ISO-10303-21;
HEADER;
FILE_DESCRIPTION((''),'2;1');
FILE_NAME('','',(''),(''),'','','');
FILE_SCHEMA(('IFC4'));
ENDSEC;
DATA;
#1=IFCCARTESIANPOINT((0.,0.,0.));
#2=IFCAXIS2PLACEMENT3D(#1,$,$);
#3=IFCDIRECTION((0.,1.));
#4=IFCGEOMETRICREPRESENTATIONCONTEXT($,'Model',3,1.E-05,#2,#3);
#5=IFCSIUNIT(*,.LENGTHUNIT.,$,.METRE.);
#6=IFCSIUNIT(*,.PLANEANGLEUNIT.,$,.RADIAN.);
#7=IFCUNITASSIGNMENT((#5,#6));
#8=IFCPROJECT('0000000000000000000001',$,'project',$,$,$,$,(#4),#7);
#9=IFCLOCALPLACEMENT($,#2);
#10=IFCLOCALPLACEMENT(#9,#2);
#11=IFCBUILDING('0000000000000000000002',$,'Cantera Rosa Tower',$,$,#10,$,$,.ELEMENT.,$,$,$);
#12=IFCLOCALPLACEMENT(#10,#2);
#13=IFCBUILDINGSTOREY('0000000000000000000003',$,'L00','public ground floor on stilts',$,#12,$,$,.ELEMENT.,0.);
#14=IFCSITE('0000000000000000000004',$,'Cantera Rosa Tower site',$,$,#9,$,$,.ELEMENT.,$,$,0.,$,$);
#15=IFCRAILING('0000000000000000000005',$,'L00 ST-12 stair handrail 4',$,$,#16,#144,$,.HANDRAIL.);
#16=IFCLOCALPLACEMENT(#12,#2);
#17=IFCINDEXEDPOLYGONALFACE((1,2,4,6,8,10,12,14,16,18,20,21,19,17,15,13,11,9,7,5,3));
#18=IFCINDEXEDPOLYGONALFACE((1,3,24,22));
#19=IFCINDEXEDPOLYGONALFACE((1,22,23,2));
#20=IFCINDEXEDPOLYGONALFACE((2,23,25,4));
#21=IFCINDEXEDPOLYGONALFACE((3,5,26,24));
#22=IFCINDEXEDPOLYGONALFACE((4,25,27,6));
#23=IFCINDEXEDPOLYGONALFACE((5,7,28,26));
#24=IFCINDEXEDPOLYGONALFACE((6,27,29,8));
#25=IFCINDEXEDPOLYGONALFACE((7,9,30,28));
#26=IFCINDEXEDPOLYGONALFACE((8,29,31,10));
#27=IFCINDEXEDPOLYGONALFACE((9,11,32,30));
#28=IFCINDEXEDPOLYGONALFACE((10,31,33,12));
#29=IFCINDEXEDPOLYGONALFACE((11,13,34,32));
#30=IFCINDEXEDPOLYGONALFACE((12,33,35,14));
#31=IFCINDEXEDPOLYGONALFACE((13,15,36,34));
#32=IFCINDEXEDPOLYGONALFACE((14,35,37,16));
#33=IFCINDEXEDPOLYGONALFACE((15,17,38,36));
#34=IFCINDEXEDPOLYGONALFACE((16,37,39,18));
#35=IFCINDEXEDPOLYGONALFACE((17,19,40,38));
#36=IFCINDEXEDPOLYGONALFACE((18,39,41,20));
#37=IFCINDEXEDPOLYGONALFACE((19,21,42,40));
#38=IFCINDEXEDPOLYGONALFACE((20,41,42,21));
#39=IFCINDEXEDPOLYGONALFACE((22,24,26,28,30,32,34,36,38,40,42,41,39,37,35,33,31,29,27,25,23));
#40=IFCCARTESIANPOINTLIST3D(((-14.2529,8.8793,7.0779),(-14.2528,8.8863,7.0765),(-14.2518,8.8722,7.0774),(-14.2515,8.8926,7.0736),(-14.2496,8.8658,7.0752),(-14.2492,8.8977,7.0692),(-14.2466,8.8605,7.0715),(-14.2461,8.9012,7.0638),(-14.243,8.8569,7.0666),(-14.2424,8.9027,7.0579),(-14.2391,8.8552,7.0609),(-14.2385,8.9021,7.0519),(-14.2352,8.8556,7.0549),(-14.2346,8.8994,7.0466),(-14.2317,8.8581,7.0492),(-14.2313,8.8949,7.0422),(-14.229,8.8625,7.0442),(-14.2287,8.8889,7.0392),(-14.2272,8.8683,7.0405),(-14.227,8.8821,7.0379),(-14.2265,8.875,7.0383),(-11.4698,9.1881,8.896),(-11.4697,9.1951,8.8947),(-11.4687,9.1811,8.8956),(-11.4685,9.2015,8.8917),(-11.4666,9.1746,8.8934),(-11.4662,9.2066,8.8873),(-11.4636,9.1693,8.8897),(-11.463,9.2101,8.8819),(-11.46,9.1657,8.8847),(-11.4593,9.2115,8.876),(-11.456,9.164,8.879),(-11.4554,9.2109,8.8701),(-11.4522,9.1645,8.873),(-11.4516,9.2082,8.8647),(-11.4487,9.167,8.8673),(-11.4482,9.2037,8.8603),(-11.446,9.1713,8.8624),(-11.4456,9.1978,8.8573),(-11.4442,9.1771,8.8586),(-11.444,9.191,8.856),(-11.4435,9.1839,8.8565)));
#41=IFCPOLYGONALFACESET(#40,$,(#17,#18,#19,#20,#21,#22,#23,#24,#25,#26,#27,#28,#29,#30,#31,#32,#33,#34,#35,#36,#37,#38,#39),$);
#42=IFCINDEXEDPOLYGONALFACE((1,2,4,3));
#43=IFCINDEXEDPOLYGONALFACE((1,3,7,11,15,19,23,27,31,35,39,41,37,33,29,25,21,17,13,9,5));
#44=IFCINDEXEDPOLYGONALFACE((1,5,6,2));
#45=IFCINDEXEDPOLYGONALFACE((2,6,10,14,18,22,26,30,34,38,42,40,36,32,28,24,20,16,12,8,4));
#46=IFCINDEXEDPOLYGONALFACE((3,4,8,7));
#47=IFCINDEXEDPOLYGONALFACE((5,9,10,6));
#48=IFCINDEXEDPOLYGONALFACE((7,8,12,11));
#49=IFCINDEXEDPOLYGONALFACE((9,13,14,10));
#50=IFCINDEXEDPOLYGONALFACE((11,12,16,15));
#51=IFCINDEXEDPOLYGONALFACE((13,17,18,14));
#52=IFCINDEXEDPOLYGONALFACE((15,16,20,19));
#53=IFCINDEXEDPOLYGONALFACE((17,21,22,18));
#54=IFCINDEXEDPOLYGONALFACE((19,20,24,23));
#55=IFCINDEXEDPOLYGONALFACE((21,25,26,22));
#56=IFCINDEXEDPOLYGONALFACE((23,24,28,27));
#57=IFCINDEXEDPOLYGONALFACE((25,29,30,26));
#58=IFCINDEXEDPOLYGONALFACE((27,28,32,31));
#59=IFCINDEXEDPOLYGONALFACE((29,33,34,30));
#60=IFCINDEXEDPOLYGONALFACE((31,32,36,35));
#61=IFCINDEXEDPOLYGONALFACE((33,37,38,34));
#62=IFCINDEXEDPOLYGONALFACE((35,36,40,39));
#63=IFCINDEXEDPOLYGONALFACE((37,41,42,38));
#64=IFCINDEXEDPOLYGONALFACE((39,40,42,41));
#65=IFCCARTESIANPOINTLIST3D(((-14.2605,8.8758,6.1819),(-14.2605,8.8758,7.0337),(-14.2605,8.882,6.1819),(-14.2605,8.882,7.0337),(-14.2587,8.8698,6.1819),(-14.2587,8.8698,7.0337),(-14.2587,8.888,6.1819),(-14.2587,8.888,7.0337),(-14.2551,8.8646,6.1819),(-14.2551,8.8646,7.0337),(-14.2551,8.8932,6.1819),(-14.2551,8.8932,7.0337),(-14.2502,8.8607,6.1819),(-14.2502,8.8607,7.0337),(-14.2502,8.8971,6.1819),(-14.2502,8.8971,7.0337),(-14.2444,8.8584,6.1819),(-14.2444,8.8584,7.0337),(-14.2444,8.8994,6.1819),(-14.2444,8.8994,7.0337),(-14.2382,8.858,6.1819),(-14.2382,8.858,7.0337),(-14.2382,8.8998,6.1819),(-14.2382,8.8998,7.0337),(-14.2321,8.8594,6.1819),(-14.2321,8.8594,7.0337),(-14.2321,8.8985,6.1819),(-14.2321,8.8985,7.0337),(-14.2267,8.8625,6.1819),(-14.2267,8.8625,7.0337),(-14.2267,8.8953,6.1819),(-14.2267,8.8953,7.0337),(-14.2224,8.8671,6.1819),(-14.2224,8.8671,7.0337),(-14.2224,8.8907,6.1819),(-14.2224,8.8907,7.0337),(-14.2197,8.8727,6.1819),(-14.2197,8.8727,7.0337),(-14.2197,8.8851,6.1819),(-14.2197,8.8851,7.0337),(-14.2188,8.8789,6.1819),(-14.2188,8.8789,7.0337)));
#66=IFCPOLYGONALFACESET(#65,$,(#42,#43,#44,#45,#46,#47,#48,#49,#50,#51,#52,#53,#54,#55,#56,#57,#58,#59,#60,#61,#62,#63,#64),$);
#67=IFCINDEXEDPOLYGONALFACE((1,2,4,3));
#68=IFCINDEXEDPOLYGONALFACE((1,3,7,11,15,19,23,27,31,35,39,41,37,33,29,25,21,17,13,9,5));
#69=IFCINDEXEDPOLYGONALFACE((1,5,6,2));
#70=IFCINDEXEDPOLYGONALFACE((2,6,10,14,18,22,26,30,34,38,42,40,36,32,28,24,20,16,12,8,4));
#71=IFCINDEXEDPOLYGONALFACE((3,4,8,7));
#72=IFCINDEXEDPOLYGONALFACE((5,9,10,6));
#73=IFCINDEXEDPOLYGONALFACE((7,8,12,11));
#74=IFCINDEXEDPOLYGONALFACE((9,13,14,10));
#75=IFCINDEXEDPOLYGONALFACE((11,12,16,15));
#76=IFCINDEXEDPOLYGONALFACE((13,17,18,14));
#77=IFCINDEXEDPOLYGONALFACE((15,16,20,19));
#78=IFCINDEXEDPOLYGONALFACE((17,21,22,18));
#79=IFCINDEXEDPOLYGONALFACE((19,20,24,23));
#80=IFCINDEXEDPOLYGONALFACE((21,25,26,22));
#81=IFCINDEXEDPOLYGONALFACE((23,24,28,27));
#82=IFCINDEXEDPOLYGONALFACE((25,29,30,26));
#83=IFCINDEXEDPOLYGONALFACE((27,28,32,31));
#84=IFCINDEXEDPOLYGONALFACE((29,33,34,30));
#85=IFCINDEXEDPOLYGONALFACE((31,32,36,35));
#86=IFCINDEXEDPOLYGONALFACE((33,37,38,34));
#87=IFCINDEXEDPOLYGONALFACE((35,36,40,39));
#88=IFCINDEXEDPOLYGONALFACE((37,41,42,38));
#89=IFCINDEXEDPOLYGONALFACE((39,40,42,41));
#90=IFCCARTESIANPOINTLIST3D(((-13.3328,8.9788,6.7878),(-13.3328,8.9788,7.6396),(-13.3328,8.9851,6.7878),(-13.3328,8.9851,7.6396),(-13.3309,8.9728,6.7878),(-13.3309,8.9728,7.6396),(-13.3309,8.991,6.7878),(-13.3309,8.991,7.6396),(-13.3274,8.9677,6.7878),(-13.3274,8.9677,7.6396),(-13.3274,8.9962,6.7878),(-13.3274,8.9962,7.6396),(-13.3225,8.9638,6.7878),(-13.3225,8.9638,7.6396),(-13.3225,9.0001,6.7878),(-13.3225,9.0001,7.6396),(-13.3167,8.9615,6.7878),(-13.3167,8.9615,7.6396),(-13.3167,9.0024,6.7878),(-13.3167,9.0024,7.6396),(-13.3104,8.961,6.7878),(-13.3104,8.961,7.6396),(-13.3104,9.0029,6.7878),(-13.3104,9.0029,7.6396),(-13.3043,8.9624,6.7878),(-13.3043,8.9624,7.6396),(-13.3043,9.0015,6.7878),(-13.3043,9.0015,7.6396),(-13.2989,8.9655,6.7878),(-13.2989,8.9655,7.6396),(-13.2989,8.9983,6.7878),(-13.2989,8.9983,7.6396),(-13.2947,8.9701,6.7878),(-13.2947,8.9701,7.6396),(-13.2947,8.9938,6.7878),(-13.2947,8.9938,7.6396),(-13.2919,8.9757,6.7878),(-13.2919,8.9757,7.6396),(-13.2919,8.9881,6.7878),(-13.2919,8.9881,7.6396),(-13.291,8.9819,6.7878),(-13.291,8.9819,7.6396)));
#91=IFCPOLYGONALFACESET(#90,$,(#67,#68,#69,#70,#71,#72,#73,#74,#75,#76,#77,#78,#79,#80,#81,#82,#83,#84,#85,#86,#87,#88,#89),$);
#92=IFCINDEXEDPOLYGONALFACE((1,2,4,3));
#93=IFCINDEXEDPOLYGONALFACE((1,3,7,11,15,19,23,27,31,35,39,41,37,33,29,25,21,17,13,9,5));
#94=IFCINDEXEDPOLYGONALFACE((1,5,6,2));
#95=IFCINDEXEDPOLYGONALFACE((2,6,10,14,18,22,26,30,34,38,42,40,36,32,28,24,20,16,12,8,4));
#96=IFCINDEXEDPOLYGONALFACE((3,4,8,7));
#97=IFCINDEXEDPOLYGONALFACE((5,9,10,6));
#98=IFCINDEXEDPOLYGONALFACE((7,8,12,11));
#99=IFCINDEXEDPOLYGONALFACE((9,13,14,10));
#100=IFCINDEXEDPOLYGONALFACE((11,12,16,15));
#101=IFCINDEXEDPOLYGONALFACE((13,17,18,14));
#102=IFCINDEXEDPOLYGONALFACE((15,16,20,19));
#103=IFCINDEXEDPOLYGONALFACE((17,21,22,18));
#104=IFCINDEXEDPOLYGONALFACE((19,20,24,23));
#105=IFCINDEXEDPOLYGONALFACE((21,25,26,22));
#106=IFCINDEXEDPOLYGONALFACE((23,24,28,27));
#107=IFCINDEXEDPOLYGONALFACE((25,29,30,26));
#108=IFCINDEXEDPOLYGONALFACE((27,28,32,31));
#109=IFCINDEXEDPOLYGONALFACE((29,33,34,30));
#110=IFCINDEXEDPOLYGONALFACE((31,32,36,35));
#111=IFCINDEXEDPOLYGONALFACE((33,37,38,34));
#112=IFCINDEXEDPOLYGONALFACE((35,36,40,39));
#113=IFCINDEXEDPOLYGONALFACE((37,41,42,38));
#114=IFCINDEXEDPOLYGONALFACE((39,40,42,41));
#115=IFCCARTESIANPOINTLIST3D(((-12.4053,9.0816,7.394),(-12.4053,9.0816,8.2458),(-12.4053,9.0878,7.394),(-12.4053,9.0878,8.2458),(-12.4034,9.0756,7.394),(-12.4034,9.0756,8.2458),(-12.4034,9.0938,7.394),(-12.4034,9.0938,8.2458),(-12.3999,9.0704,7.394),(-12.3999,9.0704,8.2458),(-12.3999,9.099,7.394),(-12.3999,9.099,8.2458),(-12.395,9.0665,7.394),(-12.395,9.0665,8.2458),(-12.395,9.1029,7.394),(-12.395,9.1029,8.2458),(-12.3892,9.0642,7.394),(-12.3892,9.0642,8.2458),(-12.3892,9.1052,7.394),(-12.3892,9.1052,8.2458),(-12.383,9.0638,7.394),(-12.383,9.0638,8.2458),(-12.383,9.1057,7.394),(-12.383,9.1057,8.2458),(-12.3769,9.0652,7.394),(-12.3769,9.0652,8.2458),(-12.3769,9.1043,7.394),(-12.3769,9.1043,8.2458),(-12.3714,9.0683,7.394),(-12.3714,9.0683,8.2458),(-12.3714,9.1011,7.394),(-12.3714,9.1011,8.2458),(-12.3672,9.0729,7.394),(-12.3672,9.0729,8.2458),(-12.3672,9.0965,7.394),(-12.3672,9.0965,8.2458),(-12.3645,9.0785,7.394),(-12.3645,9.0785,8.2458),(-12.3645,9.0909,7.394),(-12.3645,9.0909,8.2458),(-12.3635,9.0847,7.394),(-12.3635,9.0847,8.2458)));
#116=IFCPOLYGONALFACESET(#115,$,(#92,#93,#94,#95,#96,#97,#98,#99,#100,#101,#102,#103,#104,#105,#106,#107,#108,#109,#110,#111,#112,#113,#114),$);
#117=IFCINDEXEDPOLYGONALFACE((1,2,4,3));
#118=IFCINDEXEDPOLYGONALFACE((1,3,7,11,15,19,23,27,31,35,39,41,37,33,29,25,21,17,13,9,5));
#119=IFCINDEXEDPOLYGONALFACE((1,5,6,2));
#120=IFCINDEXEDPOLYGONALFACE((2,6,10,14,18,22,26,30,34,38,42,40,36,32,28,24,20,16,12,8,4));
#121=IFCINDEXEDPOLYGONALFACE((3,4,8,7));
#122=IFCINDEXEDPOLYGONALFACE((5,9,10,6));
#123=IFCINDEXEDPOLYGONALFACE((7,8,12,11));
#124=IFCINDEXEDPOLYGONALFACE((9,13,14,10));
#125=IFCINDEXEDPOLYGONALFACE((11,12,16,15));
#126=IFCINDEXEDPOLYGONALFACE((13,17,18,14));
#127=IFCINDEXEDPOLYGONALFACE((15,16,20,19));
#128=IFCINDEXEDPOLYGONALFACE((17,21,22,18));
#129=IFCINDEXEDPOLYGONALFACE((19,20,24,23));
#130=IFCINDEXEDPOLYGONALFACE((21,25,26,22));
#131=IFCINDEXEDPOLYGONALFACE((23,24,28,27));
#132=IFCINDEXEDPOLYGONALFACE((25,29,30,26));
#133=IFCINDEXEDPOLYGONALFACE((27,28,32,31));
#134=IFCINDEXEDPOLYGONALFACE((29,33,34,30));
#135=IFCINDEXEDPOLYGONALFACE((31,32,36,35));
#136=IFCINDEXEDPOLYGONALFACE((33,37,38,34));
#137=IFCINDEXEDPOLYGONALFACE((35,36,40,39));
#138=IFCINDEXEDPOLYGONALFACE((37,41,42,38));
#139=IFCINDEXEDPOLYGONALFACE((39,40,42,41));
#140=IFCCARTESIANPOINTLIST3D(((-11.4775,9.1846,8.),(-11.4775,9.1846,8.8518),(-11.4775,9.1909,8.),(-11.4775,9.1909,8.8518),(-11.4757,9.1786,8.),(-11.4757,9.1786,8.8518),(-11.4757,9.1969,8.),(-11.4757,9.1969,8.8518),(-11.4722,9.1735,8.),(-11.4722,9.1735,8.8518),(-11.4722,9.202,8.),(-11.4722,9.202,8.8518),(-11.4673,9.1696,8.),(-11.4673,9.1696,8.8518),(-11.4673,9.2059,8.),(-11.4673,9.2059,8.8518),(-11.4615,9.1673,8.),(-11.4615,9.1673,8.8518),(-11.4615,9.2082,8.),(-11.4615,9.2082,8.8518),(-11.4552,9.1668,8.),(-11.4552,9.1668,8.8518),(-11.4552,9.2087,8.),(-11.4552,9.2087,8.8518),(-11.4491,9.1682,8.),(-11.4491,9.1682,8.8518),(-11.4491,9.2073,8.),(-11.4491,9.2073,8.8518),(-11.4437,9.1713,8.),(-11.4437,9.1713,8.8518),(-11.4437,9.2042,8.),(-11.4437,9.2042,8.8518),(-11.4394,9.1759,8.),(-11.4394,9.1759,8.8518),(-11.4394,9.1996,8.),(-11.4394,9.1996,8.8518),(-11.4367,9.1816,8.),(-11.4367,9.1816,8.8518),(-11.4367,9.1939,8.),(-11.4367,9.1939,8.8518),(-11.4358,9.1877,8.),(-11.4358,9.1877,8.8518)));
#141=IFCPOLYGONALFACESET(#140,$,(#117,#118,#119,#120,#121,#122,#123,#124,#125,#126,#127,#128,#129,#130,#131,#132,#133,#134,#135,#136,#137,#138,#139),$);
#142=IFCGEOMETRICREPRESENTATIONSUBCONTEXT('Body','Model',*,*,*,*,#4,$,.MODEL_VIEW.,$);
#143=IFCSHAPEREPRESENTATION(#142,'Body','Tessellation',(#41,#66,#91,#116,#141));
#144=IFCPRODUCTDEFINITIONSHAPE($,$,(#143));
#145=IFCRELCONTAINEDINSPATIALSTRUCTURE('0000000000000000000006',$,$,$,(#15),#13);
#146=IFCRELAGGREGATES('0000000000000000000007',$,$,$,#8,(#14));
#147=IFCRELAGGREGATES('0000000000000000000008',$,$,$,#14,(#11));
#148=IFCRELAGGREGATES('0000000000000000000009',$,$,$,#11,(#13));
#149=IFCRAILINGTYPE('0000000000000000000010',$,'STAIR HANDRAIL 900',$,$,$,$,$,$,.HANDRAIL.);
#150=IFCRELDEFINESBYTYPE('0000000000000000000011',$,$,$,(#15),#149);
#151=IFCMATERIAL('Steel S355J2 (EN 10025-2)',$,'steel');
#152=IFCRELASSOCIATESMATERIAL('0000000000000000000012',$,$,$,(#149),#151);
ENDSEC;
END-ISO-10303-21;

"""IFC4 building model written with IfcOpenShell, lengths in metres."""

from ifc_helpers import new_model, si_unit, direction, frame, origin, origin_2d, place, context, subcontext, project, spatial, circle, extrude, material, type_object, element, save


model = new_model("IFC4")

# Units and contexts
model_context = context("Model", 3, precision=1e-05, world=origin(), true_north=direction((0.0, 1.0)))
body_context = subcontext(model_context, "Body", "Model", "MODEL_VIEW")
ifc_project = project(units=[si_unit("LENGTHUNIT", "METRE"), si_unit("PLANEANGLEUNIT", "RADIAN")], contexts=[model_context])

# Site, building, storey
site_placement = place(None, origin())
site = spatial("IfcSite", under=ifc_project, at=site_placement, Name="Cantera Rosa Tower site", CompositionType="ELEMENT", RefElevation=0.0)
building_placement = place(site_placement, origin())
building = spatial("IfcBuilding", under=site, at=building_placement, Name="Cantera Rosa Tower", CompositionType="ELEMENT")
storey_placement = place(building_placement, origin())
storey = spatial("IfcBuildingStorey", under=building, at=storey_placement, Name="L00", Description="public ground floor on stilts", CompositionType="ELEMENT", Elevation=0.0)

# Railing
ifc_material_1 = material(Name="Steel S355J2 (EN 10025-2)", Category="steel")
railing_type_1 = type_object("IfcRailingType", Name="STAIR HANDRAIL 900", PredefinedType="HANDRAIL", material=ifc_material_1)
railing_1_placement = place(storey_placement, frame((-14.2397, 8.8789, 6.1819)))
element("IfcRailing", 1, at=railing_1_placement, inside=storey, type_object=railing_type_1, Name="L00 ST-12 stair handrail 4", PredefinedType="HANDRAIL", context=body_context, shape_type="SweptSolid", body=[
    extrude(circle(Radius=0.0239, at=origin_2d()), frame((0.0, 0.0, 0.876), z_axis=(0.833588, 0.092507, 0.544586), x_axis=(-0.110298, 0.993899, 0.0)), (0.0, 0.0, 1.0), 3.3386),
    extrude(circle(Radius=0.021, at=origin_2d()), origin(), (0.0, 0.0, 1.0), 0.8518),
    extrude(circle(Radius=0.021, at=origin_2d()), frame((0.9277, 0.103, 0.606)), (0.0, 0.0, 1.0), 0.8518),
    extrude(circle(Radius=0.021, at=origin_2d()), frame((1.8552, 0.2058, 1.2122)), (0.0, 0.0, 1.0), 0.8518),
    extrude(circle(Radius=0.021, at=origin_2d()), frame((2.783, 0.3088, 1.8181)), (0.0, 0.0, 1.0), 0.8518),
])

save(model, "model.ifc")
